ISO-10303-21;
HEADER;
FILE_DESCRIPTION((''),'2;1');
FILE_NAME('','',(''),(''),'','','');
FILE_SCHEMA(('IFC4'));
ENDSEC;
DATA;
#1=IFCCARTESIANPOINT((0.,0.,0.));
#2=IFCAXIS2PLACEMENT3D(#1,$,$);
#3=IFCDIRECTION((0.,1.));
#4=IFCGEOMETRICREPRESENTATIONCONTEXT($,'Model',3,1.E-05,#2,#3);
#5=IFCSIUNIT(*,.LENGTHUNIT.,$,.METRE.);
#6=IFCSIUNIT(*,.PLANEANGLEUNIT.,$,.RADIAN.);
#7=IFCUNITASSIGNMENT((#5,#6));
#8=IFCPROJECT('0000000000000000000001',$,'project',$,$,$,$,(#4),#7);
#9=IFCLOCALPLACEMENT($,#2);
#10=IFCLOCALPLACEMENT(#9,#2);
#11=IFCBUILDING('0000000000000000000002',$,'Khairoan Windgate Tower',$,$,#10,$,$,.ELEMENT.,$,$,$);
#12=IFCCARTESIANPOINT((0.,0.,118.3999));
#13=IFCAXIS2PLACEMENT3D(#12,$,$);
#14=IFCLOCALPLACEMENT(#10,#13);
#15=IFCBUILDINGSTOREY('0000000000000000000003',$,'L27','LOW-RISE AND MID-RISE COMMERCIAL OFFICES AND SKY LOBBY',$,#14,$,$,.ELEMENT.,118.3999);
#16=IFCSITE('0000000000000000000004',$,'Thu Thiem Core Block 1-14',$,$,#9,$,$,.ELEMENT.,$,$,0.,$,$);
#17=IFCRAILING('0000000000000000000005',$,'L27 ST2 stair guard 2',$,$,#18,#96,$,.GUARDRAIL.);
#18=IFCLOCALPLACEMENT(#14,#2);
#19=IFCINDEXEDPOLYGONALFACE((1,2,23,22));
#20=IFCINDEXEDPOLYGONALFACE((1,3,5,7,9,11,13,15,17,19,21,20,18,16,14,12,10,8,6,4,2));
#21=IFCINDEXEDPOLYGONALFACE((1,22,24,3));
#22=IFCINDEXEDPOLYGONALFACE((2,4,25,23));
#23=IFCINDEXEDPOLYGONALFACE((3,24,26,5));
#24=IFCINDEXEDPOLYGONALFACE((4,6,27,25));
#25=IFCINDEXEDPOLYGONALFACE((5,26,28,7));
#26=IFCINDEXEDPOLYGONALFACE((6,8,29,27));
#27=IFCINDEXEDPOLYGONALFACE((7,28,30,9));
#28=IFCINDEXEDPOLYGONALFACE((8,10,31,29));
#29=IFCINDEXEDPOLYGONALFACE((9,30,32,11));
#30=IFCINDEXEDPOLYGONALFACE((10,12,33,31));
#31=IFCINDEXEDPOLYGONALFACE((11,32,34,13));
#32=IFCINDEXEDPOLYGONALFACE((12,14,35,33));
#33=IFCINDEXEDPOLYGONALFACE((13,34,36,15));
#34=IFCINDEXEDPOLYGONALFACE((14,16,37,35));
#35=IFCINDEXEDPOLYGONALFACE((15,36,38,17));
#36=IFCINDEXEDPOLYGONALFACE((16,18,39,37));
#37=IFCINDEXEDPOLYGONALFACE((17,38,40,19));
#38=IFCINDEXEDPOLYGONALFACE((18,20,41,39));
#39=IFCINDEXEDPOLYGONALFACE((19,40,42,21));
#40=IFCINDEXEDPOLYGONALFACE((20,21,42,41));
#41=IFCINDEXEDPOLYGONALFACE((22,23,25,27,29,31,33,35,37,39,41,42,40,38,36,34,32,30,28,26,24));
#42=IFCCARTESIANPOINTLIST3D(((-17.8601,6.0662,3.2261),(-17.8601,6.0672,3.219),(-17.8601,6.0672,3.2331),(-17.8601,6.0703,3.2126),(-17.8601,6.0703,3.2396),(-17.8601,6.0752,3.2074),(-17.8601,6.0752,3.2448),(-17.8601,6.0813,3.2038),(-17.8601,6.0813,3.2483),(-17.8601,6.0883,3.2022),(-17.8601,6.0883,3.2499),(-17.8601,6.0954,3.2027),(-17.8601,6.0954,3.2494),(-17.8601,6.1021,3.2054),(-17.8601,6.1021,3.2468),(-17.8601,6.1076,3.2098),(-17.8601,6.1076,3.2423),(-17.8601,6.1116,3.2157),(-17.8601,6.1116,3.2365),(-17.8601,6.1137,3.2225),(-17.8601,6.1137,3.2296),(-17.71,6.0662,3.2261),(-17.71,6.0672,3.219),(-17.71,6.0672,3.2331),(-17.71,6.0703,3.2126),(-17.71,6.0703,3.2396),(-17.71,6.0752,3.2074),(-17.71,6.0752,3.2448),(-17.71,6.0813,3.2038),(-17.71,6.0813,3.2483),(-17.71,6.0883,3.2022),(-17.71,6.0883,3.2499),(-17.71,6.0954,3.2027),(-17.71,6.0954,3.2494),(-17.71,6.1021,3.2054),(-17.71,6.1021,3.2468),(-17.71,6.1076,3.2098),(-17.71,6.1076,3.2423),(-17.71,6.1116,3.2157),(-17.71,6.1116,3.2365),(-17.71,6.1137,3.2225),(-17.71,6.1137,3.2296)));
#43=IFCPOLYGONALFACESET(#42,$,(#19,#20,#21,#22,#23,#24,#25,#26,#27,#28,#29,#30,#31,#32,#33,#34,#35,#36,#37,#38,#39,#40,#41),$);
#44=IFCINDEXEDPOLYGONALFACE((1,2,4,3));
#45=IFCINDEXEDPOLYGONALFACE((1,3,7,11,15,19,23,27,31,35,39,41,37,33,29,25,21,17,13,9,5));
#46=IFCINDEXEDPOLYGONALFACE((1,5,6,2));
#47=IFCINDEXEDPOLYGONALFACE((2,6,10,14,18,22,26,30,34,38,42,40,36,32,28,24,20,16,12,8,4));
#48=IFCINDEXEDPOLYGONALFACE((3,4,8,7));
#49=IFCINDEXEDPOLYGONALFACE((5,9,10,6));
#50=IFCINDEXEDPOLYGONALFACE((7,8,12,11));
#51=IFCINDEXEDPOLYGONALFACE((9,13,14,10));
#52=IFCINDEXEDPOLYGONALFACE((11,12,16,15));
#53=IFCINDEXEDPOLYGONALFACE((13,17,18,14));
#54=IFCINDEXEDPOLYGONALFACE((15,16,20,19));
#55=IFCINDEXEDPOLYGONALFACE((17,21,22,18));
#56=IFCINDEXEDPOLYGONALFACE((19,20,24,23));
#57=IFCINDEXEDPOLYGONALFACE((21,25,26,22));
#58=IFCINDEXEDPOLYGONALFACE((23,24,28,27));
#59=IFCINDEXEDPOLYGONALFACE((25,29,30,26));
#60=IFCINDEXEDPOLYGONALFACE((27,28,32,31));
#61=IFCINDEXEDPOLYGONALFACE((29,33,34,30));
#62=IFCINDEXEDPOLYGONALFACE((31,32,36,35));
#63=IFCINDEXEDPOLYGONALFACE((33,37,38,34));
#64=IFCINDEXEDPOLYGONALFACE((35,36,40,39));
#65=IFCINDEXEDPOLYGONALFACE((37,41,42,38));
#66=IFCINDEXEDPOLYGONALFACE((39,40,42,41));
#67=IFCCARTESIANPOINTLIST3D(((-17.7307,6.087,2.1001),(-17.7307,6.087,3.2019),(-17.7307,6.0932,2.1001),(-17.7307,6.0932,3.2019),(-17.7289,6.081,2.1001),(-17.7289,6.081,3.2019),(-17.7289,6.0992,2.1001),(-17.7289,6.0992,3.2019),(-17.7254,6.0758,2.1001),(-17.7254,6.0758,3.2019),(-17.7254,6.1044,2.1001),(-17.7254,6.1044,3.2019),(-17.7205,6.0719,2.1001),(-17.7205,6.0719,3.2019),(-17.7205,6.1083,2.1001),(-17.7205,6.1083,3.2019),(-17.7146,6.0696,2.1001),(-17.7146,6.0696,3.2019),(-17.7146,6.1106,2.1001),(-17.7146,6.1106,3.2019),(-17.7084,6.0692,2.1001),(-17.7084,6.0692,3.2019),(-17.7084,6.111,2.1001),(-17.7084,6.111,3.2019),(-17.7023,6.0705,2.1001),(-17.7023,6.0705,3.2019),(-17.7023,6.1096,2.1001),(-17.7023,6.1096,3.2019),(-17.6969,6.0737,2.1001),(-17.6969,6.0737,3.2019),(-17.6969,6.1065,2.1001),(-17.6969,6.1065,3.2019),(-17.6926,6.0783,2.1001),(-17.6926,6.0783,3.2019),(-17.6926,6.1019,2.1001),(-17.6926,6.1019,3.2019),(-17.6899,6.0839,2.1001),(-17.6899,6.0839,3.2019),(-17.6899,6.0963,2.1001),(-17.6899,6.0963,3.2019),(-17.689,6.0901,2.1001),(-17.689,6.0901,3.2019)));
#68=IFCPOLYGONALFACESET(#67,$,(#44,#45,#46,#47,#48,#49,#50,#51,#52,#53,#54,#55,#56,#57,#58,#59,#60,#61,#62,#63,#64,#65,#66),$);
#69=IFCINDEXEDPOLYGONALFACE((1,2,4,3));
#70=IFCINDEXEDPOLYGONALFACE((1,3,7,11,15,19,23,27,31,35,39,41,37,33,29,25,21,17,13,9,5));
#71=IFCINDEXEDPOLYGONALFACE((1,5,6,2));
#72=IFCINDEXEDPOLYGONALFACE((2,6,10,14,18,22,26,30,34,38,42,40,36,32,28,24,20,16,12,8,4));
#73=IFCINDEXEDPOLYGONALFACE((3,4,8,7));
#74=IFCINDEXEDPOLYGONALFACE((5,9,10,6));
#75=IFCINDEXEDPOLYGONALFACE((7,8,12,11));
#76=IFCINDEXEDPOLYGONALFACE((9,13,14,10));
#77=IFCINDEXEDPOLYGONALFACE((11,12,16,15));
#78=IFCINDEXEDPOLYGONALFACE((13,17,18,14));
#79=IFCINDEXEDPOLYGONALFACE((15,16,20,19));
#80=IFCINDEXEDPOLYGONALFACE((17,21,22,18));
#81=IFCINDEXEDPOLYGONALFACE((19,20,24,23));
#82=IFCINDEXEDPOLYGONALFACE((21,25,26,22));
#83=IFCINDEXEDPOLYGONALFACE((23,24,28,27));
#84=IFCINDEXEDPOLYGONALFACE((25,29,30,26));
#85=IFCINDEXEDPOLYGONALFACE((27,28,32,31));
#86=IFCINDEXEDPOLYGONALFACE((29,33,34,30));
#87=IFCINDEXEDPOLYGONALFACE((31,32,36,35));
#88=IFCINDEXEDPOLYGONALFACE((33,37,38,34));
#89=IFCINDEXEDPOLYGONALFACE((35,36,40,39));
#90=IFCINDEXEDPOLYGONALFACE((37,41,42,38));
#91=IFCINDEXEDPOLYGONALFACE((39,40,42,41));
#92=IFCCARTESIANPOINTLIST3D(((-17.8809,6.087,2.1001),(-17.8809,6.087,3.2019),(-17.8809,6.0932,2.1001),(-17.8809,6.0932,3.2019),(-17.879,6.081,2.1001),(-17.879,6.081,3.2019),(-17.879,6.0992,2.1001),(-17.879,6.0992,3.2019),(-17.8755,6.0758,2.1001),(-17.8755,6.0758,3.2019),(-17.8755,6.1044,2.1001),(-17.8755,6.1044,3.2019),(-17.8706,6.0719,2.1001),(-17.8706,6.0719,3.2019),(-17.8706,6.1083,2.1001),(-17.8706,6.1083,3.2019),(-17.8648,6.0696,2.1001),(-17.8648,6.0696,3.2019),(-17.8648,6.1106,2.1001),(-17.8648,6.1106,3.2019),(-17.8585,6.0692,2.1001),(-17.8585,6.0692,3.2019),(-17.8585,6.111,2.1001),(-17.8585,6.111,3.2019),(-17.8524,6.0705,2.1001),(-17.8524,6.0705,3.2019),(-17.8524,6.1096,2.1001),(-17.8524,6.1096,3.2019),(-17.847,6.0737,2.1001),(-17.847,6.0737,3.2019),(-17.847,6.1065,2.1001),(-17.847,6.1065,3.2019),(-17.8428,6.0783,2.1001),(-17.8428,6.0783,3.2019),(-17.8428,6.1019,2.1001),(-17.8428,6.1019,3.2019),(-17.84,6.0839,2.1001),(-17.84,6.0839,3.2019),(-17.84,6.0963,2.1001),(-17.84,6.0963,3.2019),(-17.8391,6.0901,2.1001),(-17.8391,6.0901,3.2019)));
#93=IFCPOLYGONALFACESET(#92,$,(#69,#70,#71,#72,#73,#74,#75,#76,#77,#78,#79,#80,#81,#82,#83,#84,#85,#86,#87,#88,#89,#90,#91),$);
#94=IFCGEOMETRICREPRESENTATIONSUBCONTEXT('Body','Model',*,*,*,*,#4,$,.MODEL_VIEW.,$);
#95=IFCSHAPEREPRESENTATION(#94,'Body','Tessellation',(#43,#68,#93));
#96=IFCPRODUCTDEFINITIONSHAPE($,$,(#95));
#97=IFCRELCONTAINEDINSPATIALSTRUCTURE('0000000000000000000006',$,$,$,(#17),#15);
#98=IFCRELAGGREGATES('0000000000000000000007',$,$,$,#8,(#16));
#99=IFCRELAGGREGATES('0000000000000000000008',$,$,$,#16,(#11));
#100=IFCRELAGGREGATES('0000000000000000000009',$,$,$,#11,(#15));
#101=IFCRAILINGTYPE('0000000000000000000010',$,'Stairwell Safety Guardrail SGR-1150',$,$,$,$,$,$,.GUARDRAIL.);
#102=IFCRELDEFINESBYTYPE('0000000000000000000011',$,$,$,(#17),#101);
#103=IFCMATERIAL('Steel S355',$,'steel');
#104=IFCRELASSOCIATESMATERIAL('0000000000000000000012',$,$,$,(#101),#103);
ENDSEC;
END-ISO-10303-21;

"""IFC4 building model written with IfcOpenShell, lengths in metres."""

from ifc_helpers import new_model, si_unit, direction, frame, origin, origin_2d, place, context, subcontext, project, spatial, circle, extrude, material, type_object, element, save


model = new_model("IFC4")

# Units and contexts
model_context = context("Model", 3, precision=1e-05, world=origin(), true_north=direction((0.0, 1.0)))
body_context = subcontext(model_context, "Body", "Model", "MODEL_VIEW")
ifc_project = project(units=[si_unit("LENGTHUNIT", "METRE"), si_unit("PLANEANGLEUNIT", "RADIAN")], contexts=[model_context])

# Site, building, storey
site_placement = place(None, origin())
site = spatial("IfcSite", under=ifc_project, at=site_placement, Name="Thu Thiem Core Block 1-14", CompositionType="ELEMENT", RefElevation=0.0)
building_placement = place(site_placement, origin())
building = spatial("IfcBuilding", under=site, at=building_placement, Name="Khairoan Windgate Tower", CompositionType="ELEMENT")
storey_placement = place(building_placement, frame((0.0, 0.0, 118.3999)))
storey = spatial("IfcBuildingStorey", under=building, at=storey_placement, Name="L27", Description="LOW-RISE AND MID-RISE COMMERCIAL OFFICES AND SKY LOBBY", CompositionType="ELEMENT", Elevation=118.3999)

# Railing
ifc_material_1 = material(Name="Steel S355", Category="steel")
railing_type_1 = type_object("IfcRailingType", Name="Stairwell Safety Guardrail SGR-1150", PredefinedType="GUARDRAIL", material=ifc_material_1)
railing_1_placement = place(storey_placement, frame((-17.71, 6.0901, 2.1001)))
element("IfcRailing", 1, at=railing_1_placement, inside=storey, type_object=railing_type_1, Name="L27 ST2 stair guard 2", PredefinedType="GUARDRAIL", context=body_context, shape_type="SweptSolid", body=[
    extrude(circle(Radius=0.0239, at=origin_2d()), frame((0.0, 0.0, 1.126), z_axis=(-1.0, 0.0, 0.0), x_axis=(0.0, -1.0, 0.0)), (0.0, 0.0, 1.0), 0.1501),
    extrude(circle(Radius=0.021, at=origin_2d()), origin(), (0.0, 0.0, 1.0), 1.1018),
    extrude(circle(Radius=0.021, at=origin_2d()), frame((-0.1501, 0.0, 0.0)), (0.0, 0.0, 1.0), 1.1018),
])

save(model, "model.ifc")
